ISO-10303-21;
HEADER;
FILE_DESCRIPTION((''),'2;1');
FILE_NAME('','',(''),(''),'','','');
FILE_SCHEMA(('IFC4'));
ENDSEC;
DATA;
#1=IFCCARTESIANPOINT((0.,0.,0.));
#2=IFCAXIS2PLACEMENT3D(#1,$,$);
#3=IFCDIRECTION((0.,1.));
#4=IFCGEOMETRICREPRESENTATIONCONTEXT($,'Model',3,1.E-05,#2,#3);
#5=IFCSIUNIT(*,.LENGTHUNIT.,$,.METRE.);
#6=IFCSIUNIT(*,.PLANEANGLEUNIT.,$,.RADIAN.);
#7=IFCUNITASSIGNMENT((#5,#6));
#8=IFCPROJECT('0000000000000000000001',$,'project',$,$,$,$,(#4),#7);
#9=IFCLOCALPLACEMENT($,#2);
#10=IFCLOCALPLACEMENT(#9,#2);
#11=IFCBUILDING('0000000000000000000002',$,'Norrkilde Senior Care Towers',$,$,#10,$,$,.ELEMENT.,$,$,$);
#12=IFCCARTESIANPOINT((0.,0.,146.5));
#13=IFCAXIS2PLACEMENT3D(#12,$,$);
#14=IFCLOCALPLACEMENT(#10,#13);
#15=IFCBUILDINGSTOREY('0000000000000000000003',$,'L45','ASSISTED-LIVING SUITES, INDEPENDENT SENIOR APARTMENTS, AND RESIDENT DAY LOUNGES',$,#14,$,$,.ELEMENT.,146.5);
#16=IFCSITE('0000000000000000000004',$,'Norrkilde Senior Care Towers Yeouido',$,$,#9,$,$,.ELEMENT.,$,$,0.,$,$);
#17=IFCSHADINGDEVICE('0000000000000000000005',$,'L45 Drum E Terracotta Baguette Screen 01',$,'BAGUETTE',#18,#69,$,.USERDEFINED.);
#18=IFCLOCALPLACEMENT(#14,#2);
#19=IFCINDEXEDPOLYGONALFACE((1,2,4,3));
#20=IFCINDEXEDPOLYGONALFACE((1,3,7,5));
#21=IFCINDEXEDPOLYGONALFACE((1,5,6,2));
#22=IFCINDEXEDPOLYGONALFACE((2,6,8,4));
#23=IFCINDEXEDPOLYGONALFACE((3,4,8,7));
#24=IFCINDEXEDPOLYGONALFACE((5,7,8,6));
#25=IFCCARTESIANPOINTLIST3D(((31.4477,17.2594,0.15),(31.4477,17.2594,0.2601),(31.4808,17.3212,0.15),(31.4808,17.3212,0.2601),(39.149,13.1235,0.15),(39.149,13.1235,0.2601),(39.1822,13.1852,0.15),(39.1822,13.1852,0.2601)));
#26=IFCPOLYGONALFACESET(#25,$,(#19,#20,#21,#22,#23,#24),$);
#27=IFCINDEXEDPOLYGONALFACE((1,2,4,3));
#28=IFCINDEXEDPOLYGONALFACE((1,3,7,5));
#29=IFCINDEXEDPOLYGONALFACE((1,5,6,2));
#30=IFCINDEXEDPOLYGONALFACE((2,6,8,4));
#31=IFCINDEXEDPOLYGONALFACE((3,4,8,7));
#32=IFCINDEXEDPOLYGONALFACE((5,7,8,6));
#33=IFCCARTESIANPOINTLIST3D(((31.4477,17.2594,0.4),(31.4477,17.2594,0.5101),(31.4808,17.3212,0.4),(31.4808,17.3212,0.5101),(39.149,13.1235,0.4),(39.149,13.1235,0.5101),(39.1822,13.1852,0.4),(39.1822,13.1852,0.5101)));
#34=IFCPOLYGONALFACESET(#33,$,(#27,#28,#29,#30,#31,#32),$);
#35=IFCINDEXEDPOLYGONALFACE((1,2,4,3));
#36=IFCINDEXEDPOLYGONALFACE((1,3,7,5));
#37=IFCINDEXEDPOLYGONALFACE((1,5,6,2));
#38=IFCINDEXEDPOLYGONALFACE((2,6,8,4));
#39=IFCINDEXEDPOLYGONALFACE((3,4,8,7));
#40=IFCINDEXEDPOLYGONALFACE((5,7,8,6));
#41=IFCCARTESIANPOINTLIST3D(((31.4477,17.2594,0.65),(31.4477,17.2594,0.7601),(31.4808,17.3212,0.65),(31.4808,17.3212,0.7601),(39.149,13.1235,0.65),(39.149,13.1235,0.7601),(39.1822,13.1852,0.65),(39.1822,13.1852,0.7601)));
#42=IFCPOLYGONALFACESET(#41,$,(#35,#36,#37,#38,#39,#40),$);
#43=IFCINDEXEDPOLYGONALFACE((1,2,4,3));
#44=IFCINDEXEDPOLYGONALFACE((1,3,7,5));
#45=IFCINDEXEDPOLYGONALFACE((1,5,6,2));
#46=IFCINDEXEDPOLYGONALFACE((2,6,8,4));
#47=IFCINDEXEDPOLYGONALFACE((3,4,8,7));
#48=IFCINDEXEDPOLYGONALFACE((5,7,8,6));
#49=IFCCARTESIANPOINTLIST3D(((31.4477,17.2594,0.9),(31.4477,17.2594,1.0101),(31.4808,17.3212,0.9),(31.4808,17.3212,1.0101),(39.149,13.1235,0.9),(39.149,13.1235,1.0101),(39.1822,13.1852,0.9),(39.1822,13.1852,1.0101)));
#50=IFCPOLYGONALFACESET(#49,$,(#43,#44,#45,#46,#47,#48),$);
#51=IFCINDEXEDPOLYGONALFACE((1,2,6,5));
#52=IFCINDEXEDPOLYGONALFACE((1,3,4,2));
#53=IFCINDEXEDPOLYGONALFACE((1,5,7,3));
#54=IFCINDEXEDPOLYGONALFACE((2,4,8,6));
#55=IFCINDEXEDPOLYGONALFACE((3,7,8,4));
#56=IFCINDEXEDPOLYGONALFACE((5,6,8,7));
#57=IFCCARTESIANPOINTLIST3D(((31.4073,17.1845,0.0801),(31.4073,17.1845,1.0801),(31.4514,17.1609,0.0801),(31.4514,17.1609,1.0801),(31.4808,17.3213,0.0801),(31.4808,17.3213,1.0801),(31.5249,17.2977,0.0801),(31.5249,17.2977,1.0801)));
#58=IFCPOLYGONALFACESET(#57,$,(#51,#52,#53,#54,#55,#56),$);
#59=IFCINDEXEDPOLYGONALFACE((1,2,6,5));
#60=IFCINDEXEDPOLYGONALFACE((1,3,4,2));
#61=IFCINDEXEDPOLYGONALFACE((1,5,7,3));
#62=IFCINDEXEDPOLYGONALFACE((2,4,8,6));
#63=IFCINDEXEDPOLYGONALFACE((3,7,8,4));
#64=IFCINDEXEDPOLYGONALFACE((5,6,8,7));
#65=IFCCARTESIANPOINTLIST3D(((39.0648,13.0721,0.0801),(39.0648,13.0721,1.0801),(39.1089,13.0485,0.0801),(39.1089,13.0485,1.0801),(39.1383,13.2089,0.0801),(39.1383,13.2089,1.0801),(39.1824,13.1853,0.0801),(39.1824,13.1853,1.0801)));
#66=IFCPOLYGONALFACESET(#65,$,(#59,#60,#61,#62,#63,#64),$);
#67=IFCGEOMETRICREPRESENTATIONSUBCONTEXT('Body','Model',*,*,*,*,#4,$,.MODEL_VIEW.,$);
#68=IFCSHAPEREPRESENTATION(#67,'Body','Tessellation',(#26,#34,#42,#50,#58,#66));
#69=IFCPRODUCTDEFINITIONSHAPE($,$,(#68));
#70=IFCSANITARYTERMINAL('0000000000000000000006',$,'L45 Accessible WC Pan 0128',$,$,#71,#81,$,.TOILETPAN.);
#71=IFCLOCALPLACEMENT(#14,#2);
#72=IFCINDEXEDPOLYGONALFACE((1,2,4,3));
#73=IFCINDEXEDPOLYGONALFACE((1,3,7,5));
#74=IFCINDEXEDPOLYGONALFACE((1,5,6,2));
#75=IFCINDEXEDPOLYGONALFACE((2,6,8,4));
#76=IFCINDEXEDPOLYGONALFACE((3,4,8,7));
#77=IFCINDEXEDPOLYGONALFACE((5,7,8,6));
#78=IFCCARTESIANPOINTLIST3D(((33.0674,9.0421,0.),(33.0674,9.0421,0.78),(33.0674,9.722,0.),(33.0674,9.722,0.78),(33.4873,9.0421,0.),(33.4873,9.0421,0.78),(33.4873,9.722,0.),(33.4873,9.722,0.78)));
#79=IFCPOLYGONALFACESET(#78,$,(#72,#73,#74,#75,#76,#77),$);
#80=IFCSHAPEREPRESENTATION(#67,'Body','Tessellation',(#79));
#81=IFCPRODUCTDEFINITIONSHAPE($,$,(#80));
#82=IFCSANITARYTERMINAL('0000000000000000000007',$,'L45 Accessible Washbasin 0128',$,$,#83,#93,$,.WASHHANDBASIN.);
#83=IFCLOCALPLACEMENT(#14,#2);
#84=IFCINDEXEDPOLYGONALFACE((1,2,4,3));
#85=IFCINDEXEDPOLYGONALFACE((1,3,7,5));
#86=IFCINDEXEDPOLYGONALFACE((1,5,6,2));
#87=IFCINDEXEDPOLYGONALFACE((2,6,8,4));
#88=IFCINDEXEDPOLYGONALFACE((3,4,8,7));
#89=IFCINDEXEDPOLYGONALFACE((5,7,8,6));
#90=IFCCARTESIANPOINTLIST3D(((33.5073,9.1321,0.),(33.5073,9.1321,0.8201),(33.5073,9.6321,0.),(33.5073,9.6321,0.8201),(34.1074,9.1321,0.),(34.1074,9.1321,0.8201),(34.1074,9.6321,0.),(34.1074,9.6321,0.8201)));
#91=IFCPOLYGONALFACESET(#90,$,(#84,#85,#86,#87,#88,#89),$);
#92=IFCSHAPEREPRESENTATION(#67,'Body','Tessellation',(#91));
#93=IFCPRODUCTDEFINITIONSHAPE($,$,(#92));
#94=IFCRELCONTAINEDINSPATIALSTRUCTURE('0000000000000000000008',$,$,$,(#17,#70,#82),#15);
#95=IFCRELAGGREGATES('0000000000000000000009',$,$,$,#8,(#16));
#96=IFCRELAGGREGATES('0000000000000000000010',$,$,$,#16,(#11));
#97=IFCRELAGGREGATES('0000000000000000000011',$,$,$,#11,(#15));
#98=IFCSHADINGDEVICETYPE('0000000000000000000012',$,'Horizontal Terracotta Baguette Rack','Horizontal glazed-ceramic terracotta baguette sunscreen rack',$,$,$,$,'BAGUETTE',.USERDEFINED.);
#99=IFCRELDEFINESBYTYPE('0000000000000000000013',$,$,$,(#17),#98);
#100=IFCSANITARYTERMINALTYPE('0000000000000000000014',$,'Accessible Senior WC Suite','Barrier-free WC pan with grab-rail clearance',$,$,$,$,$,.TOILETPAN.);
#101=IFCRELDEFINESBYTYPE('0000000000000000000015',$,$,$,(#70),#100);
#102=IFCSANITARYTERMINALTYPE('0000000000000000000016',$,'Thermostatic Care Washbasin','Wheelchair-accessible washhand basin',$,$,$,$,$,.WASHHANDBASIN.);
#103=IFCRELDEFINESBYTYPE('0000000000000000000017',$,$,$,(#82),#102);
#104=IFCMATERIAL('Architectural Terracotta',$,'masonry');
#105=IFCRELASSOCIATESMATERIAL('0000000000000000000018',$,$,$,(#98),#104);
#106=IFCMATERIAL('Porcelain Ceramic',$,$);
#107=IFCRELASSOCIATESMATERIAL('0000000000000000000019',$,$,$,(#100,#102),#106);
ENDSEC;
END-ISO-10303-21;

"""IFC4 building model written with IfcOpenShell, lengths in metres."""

from ifc_helpers import new_model, si_unit, direction, frame, origin, origin_2d, place, context, subcontext, project, spatial, rectangle, extrude, source, transform, mapped, material, type_object, type_shapes, element, save


model = new_model("IFC4")

# Units and contexts
model_context = context("Model", 3, precision=1e-05, world=origin(), true_north=direction((0.0, 1.0)))
body_context = subcontext(model_context, "Body", "Model", "MODEL_VIEW")
ifc_project = project(units=[si_unit("LENGTHUNIT", "METRE"), si_unit("PLANEANGLEUNIT", "RADIAN")], contexts=[model_context])

# Site, building, storey
site_placement = place(None, origin())
site = spatial("IfcSite", under=ifc_project, at=site_placement, Name="Norrkilde Senior Care Towers Yeouido", CompositionType="ELEMENT", RefElevation=0.0)
building_placement = place(site_placement, origin())
building = spatial("IfcBuilding", under=site, at=building_placement, Name="Norrkilde Senior Care Towers", CompositionType="ELEMENT")
storey_placement = place(building_placement, frame((0.0, 0.0, 146.5)))
storey = spatial("IfcBuildingStorey", under=building, at=storey_placement, Name="L45", Description="ASSISTED-LIVING SUITES, INDEPENDENT SENIOR APARTMENTS, AND RESIDENT DAY LOUNGES", CompositionType="ELEMENT", Elevation=146.5)

# Shading device
ifc_material_1 = material(Name="Architectural Terracotta", Category="masonry")
shading_device_type = type_object("IfcShadingDeviceType", Name="Horizontal Terracotta Baguette Rack", Description="Horizontal glazed-ceramic terracotta baguette sunscreen rack", ElementType="BAGUETTE", PredefinedType="USERDEFINED", material=ifc_material_1)
shared_shape_1 = source(origin(), body_context, "Body", "SweptSolid", [
    extrude(rectangle(XDim=0.0701, YDim=0.1101, at=origin_2d()), frame((0.0, 0.0901, 0.125), z_axis=(1.0, 0.0, 0.0), x_axis=(0.0, 1.0, 0.0)), (0.0, 0.0, 1.0), 8.7417),
    extrude(rectangle(XDim=0.0701, YDim=0.1101, at=origin_2d()), frame((0.0, 0.0901, 0.375), z_axis=(1.0, 0.0, 0.0), x_axis=(0.0, 1.0, 0.0)), (0.0, 0.0, 1.0), 8.7417),
    extrude(rectangle(XDim=0.0701, YDim=0.1101, at=origin_2d()), frame((0.0, 0.0901, 0.625), z_axis=(1.0, 0.0, 0.0), x_axis=(0.0, 1.0, 0.0)), (0.0, 0.0, 1.0), 8.7417),
    extrude(rectangle(XDim=0.0701, YDim=0.1101, at=origin_2d()), frame((0.0, 0.0901, 0.875), z_axis=(1.0, 0.0, 0.0), x_axis=(0.0, 1.0, 0.0)), (0.0, 0.0, 1.0), 8.7417),
    extrude(rectangle(XDim=0.05, YDim=0.1553, at=origin_2d()), frame((0.0249, 0.0476, 0.0)), (0.0, 0.0, 1.0), 1.0),
    extrude(rectangle(XDim=0.05, YDim=0.1553, at=origin_2d()), frame((8.7168, 0.0476, 0.0)), (0.0, 0.0, 1.0), 1.0),
])
type_shapes(shading_device_type, [shared_shape_1])
shading_device_placement = place(storey_placement, frame((31.4216, 17.2109, 0.0801), z_axis=(0.0, 0.0, 1.0), x_axis=(0.880998, -0.473133, 0.0)))
element("IfcShadingDevice", 1, at=shading_device_placement, inside=storey, type_object=shading_device_type, Name="L45 Drum E Terracotta Baguette Screen 01", ObjectType="BAGUETTE", PredefinedType="USERDEFINED", context=body_context, shape_type="MappedRepresentation", body=[
    mapped(shared_shape_1, transform((0.0, 0.0, 0.0), x_axis=(1.0, 0.0, 0.0), y_axis=(0.0, 1.0, 0.0), z_axis=(0.0, 0.0, 1.0), scale=1.0)),
])

# Sanitary terminals
ifc_material_2 = material(Name="Porcelain Ceramic")
sanitary_terminal_type_1 = type_object("IfcSanitaryTerminalType", Name="Accessible Senior WC Suite", Description="Barrier-free WC pan with grab-rail clearance", PredefinedType="TOILETPAN", material=ifc_material_2)
shared_shape_2 = source(origin(), body_context, "Body", "SweptSolid", [
    extrude(rectangle(XDim=0.4199, YDim=0.6799, at=origin_2d()), origin(), (0.0, 0.0, 1.0), 0.78),
])
type_shapes(sanitary_terminal_type_1, [shared_shape_2])
sanitary_terminal_1_placement = place(storey_placement, frame((33.2773, 9.3821, 0.0), z_axis=(0.0, 0.0, 1.0), x_axis=(1.0, 0.0, 0.0)))
element("IfcSanitaryTerminal", 2, at=sanitary_terminal_1_placement, inside=storey, type_object=sanitary_terminal_type_1, Name="L45 Accessible WC Pan 0128", PredefinedType="TOILETPAN", context=body_context, shape_type="MappedRepresentation", body=[
    mapped(shared_shape_2, transform((0.0, 0.0, 0.0), x_axis=(1.0, 0.0, 0.0), y_axis=(0.0, 1.0, 0.0), z_axis=(0.0, 0.0, 1.0), scale=1.0)),
])
sanitary_terminal_type_2 = type_object("IfcSanitaryTerminalType", Name="Thermostatic Care Washbasin", Description="Wheelchair-accessible washhand basin", PredefinedType="WASHHANDBASIN", material=ifc_material_2)
shared_shape_3 = source(origin(), body_context, "Body", "SweptSolid", [
    extrude(rectangle(XDim=0.6001, YDim=0.5, at=origin_2d()), origin(), (0.0, 0.0, 1.0), 0.8201),
])
type_shapes(sanitary_terminal_type_2, [shared_shape_3])
sanitary_terminal_2_placement = place(storey_placement, frame((33.8074, 9.3821, 0.0), z_axis=(0.0, 0.0, 1.0), x_axis=(1.0, 0.0, 0.0)))
element("IfcSanitaryTerminal", 3, at=sanitary_terminal_2_placement, inside=storey, type_object=sanitary_terminal_type_2, Name="L45 Accessible Washbasin 0128", PredefinedType="WASHHANDBASIN", context=body_context, shape_type="MappedRepresentation", body=[
    mapped(shared_shape_3, transform((0.0, 0.0, 0.0), x_axis=(1.0, 0.0, 0.0), y_axis=(0.0, 1.0, 0.0), z_axis=(0.0, 0.0, 1.0), scale=1.0)),
])

save(model, "model.ifc")
